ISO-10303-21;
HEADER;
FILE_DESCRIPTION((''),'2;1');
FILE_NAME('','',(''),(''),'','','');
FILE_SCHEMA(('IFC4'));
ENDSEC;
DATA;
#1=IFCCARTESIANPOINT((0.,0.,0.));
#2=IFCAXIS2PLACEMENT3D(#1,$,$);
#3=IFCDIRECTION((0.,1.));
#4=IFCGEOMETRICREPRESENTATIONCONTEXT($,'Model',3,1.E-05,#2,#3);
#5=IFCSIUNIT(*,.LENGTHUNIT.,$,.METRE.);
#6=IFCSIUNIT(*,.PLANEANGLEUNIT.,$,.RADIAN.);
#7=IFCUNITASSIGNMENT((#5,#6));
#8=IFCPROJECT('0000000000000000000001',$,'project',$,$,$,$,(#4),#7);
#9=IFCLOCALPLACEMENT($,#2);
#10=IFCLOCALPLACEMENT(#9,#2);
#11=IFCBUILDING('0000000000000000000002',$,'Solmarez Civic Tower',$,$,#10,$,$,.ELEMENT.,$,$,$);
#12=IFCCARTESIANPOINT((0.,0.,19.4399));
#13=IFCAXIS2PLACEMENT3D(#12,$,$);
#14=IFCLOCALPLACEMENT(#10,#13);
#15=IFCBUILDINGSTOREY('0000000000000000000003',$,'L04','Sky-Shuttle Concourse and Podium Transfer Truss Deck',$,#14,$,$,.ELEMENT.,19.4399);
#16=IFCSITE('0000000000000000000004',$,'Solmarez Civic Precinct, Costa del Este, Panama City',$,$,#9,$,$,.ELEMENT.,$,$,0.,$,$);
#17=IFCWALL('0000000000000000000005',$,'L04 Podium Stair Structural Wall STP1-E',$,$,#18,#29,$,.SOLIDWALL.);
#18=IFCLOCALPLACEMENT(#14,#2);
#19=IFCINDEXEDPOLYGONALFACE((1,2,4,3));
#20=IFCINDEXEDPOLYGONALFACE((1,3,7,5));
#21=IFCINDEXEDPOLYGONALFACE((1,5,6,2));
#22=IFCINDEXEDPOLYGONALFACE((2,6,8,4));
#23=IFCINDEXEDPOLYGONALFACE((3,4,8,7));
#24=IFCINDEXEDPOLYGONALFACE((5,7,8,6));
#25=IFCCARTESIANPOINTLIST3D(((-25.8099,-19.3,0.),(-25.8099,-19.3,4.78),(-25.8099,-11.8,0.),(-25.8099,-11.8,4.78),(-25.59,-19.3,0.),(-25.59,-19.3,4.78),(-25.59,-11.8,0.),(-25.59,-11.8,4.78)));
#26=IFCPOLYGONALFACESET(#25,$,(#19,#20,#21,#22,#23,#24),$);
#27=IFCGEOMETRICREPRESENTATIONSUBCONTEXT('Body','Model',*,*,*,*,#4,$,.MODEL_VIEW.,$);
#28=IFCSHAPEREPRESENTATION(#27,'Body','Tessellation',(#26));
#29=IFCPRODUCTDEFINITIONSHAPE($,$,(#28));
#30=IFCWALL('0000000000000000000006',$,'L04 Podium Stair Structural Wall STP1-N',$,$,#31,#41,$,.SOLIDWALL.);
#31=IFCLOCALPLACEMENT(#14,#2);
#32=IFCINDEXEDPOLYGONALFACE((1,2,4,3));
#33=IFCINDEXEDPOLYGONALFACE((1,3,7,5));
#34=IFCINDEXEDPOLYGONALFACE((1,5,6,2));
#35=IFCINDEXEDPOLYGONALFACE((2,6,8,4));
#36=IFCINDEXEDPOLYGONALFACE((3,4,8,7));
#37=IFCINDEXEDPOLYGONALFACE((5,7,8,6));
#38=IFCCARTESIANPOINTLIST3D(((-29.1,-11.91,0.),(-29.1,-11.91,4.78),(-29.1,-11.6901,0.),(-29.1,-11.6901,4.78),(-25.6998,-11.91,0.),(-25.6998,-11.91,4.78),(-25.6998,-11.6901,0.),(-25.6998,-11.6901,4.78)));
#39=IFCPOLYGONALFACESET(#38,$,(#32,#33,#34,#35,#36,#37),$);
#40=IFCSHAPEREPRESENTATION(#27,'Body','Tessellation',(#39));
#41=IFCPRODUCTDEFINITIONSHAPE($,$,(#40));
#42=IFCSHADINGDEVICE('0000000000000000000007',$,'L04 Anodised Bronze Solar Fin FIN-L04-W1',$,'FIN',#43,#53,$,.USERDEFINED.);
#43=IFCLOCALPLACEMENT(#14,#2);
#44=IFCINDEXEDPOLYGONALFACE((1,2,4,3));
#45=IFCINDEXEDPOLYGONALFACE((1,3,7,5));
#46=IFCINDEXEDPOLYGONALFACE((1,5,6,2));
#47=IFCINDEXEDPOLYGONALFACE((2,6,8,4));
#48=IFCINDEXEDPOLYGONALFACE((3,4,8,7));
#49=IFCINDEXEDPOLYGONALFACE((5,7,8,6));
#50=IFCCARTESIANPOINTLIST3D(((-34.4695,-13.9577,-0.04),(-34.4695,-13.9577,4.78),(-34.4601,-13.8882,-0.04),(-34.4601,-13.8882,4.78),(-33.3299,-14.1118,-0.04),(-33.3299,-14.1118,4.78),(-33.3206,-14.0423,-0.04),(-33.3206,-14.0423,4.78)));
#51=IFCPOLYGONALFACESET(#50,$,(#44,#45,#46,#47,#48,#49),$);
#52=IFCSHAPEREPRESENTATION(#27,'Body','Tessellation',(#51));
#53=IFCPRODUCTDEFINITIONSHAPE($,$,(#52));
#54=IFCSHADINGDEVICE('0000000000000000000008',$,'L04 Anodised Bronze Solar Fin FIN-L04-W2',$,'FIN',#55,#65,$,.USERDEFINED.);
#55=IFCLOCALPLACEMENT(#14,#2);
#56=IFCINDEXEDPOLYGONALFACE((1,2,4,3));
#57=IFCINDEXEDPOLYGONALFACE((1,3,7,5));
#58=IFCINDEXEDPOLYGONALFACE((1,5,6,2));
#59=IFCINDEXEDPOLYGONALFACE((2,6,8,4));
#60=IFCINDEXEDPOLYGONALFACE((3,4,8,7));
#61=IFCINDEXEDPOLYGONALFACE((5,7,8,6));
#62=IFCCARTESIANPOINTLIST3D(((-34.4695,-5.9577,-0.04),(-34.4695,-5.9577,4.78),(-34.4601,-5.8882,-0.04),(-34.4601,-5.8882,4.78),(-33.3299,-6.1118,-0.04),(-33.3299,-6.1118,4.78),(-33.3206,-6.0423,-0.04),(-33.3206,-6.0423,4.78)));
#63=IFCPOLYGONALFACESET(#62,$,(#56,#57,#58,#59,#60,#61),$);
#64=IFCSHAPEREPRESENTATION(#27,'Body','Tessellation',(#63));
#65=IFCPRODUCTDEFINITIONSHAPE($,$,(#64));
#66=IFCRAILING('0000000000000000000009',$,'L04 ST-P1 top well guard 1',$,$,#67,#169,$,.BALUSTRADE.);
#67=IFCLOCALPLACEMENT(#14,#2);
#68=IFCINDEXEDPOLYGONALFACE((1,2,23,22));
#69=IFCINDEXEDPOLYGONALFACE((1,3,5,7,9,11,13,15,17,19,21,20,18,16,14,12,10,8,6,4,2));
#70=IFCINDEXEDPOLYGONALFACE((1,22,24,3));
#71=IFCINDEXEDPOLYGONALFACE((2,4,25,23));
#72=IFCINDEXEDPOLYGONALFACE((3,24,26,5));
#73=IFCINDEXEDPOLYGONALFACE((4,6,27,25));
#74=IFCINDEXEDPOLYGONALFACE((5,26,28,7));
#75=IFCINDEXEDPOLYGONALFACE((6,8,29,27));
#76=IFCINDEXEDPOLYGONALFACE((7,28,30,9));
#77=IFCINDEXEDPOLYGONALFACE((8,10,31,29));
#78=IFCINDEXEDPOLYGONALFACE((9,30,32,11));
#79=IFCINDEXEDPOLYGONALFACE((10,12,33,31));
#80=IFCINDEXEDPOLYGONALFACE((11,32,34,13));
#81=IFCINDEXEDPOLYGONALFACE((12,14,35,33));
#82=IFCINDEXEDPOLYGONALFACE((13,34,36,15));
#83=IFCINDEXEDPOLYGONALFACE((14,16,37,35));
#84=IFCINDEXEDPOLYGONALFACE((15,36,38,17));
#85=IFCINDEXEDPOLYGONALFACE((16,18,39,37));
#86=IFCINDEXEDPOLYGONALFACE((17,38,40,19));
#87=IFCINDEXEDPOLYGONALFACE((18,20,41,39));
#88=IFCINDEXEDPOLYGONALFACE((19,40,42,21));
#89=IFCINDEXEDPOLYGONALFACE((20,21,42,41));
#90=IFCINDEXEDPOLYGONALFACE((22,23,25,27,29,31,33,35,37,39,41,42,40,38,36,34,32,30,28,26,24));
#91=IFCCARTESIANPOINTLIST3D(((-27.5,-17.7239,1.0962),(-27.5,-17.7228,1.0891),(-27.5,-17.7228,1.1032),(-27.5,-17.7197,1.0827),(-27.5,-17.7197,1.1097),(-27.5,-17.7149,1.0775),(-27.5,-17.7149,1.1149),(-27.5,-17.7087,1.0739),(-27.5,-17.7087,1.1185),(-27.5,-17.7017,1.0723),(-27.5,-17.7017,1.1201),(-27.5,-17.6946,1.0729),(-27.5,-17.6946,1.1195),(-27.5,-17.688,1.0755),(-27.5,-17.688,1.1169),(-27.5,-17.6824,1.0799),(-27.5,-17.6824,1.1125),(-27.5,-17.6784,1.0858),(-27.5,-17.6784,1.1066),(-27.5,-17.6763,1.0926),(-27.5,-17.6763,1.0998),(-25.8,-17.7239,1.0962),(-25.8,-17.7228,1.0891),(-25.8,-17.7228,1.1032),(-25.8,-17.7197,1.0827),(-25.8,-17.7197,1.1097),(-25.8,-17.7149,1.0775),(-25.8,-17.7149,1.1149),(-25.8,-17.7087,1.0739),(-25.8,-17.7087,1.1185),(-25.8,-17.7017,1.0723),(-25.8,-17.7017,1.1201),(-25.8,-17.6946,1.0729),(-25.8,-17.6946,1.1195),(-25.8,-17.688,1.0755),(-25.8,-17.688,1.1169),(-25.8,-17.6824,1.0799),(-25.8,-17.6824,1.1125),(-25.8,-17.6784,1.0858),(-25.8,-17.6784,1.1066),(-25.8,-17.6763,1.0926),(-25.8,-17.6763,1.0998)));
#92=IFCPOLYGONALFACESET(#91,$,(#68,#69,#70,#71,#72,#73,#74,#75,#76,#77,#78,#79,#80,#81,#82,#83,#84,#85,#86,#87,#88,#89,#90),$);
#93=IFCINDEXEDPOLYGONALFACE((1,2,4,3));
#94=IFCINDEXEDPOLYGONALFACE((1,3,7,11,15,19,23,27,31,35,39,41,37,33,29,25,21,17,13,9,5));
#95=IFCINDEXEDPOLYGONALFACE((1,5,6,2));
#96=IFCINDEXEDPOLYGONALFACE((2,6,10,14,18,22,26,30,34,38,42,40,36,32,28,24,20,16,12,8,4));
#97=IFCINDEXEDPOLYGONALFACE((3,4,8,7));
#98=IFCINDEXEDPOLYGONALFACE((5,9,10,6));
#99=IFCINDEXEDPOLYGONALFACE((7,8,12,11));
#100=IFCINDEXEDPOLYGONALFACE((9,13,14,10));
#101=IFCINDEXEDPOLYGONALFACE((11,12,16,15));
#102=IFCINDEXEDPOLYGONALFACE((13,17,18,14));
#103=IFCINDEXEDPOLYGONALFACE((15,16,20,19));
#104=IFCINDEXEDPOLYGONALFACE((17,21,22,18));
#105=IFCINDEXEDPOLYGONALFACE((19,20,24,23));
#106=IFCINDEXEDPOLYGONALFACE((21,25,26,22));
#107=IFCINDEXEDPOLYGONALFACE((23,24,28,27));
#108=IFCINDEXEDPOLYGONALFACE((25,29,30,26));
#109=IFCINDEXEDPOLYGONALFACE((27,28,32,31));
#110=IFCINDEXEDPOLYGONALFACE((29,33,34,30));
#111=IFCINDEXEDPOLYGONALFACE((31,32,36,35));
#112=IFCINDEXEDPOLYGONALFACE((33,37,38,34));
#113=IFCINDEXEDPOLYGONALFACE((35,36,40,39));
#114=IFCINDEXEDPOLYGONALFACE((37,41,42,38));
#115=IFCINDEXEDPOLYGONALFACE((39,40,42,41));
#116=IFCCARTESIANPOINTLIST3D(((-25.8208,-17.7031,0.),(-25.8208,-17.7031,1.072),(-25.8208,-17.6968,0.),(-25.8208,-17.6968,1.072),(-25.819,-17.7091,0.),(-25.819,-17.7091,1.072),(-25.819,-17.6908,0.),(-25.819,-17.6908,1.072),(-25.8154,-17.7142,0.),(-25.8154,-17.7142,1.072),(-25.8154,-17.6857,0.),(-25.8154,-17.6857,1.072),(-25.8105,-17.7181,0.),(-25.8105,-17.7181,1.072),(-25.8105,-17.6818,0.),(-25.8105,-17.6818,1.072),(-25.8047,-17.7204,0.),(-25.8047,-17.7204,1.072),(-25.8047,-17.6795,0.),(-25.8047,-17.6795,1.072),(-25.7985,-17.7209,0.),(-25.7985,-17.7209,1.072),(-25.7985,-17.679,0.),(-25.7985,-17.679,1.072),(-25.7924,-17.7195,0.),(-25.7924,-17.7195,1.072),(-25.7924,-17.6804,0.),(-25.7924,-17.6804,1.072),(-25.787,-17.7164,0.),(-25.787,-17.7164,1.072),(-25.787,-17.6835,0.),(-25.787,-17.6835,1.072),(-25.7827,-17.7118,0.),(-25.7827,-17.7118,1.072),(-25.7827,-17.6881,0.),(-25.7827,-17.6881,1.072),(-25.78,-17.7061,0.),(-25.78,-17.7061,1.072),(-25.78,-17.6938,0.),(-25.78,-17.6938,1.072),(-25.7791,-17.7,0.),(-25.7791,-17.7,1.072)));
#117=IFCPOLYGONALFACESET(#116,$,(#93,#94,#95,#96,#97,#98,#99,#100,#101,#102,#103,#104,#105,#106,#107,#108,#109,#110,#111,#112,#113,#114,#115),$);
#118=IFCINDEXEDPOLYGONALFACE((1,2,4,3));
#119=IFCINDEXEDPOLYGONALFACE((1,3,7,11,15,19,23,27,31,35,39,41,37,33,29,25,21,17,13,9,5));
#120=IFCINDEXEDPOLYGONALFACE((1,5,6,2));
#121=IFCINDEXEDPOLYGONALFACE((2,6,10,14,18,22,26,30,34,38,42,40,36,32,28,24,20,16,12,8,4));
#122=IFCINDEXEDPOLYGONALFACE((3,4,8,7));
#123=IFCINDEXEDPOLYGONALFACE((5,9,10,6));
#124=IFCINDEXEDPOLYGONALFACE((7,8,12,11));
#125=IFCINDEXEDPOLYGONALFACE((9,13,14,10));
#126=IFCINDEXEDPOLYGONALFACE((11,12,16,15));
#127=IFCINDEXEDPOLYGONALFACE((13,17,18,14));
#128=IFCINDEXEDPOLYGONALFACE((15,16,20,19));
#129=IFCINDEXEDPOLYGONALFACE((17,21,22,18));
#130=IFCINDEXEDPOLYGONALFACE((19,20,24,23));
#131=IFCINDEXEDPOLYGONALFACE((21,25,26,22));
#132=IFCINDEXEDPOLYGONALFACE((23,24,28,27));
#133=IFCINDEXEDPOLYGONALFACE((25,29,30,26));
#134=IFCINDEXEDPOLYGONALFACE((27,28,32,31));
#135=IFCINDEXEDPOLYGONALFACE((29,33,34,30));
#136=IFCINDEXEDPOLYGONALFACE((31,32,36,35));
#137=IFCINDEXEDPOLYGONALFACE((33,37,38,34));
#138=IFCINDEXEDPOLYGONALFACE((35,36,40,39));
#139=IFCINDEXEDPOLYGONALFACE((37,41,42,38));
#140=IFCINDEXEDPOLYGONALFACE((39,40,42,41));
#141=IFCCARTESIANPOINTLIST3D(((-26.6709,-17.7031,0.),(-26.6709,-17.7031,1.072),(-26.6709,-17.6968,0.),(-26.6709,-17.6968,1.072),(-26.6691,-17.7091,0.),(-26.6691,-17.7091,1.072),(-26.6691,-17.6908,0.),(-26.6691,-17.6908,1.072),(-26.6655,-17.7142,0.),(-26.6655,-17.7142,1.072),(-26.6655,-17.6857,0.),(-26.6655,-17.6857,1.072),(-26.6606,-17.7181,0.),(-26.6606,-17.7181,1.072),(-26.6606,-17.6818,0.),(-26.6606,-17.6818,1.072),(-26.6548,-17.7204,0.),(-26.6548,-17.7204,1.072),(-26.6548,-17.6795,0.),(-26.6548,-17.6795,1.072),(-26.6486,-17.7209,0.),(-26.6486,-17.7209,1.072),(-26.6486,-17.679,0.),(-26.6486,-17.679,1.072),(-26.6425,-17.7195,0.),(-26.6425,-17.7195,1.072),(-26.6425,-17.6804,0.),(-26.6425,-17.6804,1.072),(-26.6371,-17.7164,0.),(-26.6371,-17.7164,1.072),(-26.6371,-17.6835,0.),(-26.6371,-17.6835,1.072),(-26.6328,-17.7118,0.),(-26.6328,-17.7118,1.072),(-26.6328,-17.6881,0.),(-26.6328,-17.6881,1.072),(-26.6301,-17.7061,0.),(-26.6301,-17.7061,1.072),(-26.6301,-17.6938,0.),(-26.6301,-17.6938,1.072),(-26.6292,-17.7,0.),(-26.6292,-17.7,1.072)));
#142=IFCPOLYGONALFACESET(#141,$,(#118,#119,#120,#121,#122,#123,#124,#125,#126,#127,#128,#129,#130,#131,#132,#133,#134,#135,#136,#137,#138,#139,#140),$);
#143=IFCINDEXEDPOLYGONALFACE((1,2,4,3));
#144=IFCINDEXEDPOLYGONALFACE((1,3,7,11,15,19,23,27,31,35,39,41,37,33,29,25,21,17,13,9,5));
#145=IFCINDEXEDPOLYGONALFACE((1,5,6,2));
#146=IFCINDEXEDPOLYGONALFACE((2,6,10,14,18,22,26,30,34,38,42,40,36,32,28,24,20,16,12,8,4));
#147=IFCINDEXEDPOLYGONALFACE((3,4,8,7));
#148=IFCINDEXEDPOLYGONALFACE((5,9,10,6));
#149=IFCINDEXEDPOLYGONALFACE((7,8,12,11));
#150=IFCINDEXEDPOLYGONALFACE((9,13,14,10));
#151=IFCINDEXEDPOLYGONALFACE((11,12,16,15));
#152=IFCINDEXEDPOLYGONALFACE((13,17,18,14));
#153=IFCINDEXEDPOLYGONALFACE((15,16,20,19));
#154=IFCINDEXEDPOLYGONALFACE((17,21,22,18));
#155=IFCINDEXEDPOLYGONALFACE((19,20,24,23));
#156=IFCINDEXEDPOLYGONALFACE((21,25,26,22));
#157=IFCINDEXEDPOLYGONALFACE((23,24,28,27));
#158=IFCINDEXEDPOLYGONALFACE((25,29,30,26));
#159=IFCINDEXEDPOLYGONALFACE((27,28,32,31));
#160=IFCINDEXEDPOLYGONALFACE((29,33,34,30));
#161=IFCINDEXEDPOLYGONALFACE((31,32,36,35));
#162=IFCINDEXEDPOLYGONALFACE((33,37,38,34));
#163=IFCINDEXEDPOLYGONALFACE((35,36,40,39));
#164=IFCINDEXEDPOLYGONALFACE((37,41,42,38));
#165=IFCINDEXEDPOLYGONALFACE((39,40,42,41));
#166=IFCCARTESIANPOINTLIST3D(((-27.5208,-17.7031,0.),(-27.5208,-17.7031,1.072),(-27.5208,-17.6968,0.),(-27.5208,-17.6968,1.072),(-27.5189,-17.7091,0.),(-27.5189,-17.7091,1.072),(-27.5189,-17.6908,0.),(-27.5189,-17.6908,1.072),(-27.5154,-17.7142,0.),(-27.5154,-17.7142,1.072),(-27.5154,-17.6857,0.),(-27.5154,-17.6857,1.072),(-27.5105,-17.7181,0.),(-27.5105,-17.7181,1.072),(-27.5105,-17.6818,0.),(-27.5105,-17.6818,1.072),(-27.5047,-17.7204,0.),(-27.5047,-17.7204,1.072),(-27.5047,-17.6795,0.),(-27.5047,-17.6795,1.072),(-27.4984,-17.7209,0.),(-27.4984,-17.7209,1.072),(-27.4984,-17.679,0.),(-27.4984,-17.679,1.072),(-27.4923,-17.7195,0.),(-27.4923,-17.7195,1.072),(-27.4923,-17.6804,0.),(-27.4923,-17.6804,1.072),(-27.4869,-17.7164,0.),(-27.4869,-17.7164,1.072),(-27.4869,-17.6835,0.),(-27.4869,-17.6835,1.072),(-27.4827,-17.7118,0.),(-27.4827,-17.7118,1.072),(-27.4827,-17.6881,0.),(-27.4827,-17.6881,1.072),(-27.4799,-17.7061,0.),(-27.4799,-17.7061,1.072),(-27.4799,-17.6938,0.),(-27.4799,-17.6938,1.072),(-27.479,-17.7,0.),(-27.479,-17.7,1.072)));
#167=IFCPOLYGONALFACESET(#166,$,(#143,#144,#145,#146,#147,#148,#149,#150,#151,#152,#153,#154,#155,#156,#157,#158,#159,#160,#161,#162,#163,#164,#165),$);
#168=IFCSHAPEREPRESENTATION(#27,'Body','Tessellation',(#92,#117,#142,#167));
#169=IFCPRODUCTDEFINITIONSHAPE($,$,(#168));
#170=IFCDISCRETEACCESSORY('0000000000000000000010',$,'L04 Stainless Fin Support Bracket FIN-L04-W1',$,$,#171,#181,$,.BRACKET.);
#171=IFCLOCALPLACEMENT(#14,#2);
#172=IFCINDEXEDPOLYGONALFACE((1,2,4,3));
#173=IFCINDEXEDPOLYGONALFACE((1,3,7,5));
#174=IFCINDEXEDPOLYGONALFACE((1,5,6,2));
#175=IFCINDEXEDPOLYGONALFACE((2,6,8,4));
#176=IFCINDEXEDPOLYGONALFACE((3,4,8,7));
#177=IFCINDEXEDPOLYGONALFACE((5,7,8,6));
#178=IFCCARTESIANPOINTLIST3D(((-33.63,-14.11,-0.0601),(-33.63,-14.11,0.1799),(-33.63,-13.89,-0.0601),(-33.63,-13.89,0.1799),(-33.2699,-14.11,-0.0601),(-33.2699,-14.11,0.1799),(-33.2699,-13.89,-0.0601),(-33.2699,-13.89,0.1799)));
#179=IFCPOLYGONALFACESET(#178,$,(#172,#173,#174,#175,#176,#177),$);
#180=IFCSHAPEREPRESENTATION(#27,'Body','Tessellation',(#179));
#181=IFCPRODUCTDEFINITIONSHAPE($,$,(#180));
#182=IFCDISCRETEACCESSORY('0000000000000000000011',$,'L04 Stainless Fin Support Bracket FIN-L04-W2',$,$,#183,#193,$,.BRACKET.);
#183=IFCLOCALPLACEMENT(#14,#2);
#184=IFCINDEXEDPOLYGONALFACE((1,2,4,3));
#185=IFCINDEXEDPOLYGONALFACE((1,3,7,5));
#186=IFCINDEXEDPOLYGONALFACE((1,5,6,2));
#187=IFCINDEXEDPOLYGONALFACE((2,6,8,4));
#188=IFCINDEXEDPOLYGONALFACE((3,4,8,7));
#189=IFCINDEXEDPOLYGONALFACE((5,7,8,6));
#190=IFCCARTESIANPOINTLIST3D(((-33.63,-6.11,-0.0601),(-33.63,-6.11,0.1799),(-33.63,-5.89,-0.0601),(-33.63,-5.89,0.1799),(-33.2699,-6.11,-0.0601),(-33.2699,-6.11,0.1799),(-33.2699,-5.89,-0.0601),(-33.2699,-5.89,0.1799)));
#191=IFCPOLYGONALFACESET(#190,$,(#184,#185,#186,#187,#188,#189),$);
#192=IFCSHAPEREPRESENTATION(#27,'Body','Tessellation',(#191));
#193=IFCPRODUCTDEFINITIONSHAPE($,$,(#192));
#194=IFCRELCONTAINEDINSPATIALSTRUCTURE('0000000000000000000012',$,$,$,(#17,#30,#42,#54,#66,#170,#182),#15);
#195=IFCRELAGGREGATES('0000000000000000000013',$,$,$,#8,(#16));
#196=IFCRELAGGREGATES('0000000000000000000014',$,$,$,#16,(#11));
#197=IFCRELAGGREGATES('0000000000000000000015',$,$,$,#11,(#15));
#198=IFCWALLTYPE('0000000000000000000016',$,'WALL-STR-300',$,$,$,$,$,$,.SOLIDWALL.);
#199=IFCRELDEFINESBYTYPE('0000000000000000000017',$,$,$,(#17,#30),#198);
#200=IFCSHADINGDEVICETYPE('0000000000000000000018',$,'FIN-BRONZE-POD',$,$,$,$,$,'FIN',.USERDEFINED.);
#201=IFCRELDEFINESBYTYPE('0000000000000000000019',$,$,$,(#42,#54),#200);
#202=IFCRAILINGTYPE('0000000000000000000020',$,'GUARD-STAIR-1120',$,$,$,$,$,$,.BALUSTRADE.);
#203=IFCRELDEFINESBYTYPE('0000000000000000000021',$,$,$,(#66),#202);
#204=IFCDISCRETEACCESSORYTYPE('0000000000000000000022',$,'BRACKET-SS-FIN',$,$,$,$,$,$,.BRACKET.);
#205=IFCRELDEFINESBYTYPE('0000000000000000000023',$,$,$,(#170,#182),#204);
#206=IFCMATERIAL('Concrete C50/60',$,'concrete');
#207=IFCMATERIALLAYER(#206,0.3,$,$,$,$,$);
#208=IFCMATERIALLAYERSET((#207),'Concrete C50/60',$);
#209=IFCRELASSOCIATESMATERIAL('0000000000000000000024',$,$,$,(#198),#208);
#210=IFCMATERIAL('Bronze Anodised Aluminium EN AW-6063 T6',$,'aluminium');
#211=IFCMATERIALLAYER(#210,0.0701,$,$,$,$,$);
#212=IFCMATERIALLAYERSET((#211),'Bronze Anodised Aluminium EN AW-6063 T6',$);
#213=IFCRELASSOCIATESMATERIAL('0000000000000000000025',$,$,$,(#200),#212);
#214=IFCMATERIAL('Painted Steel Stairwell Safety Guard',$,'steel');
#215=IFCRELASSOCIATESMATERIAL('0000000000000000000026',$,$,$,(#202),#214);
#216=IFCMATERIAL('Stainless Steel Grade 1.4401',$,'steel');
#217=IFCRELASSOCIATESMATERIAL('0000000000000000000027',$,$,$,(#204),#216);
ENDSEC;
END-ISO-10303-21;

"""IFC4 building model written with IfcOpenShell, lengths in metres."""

from ifc_helpers import new_model, si_unit, direction, frame, frame_2d, origin, origin_2d, place, context, subcontext, project, spatial, rectangle, circle, extrude, material, layer, layer_set, type_object, element, save


model = new_model("IFC4")

# Units and contexts
model_context = context("Model", 3, precision=1e-05, world=origin(), true_north=direction((0.0, 1.0)))
body_context = subcontext(model_context, "Body", "Model", "MODEL_VIEW")
ifc_project = project(units=[si_unit("LENGTHUNIT", "METRE"), si_unit("PLANEANGLEUNIT", "RADIAN")], contexts=[model_context])

# Site, building, storey
site_placement = place(None, origin())
site = spatial("IfcSite", under=ifc_project, at=site_placement, Name="Solmarez Civic Precinct, Costa del Este, Panama City", CompositionType="ELEMENT", RefElevation=0.0)
building_placement = place(site_placement, origin())
building = spatial("IfcBuilding", under=site, at=building_placement, Name="Solmarez Civic Tower", CompositionType="ELEMENT")
storey_placement = place(building_placement, frame((0.0, 0.0, 19.4399)))
storey = spatial("IfcBuildingStorey", under=building, at=storey_placement, Name="L04", Description="Sky-Shuttle Concourse and Podium Transfer Truss Deck", CompositionType="ELEMENT", Elevation=19.4399)

# Walls
ifc_material_1 = material(Name="Concrete C50/60", Category="concrete")
ifc_layer_1 = layer(ifc_material_1, 0.3)
ifc_layer_set_1 = layer_set([ifc_layer_1], Name="Concrete C50/60")
wall_type_1 = type_object("IfcWallType", Name="WALL-STR-300", PredefinedType="SOLIDWALL", material=ifc_layer_set_1)
for number, where, z_axis, x_axis, name in (
    (1, (-25.7, -19.3, 0.0), (0.0, 0.0, 1.0), (0.0, 1.0, 0.0), "L04 Podium Stair Structural Wall STP1-E"),
):
    element("IfcWall", number, at=place(storey_placement, frame(where, z_axis=z_axis, x_axis=x_axis)), inside=storey, type_object=wall_type_1, Name=name, PredefinedType="SOLIDWALL", context=body_context, shape_type="SweptSolid", body=[
        extrude(rectangle(XDim=7.5, YDim=0.22, at=frame_2d((3.75, 0.0))), origin(), (0.0, 0.0, 1.0), 4.78),
    ])
wall_1_placement = place(storey_placement, frame((-29.1001, -11.8, 0.0), z_axis=(0.0, 0.0, 1.0), x_axis=(1.0, 0.0, 0.0)))
element("IfcWall", 2, at=wall_1_placement, inside=storey, type_object=wall_type_1, Name="L04 Podium Stair Structural Wall STP1-N", PredefinedType="SOLIDWALL", context=body_context, shape_type="SweptSolid", body=[
    extrude(rectangle(XDim=3.4001, YDim=0.22, at=frame_2d((1.7002, 0.0))), origin(), (0.0, 0.0, 1.0), 4.78),
])

# Shading devices
ifc_material_2 = material(Name="Bronze Anodised Aluminium EN AW-6063 T6", Category="aluminium")
ifc_layer_2 = layer(ifc_material_2, 0.0701)
ifc_layer_set_2 = layer_set([ifc_layer_2], Name="Bronze Anodised Aluminium EN AW-6063 T6")
shading_device_type = type_object("IfcShadingDeviceType", Name="FIN-BRONZE-POD", ElementType="FIN", PredefinedType="USERDEFINED", material=ifc_layer_set_2)
for number, where, z_axis, x_axis, name in (
    (3, (-33.895, -14.0, -0.04), (0.0, 0.0, 1.0), (-0.990983, 0.133986, 0.0), "L04 Anodised Bronze Solar Fin FIN-L04-W1"),
    (4, (-33.895, -6.0, -0.04), (0.0, 0.0, 1.0), (-0.990983, 0.133986, 0.0), "L04 Anodised Bronze Solar Fin FIN-L04-W2"),
):
    element("IfcShadingDevice", number, at=place(storey_placement, frame(where, z_axis=z_axis, x_axis=x_axis)), inside=storey, type_object=shading_device_type, Name=name, ObjectType="FIN", PredefinedType="USERDEFINED", context=body_context, shape_type="SweptSolid", body=[
        extrude(rectangle(XDim=1.1499, YDim=0.0701, at=origin_2d()), origin(), (0.0, 0.0, 1.0), 4.8201),
    ])

# Railing
ifc_material_3 = material(Name="Painted Steel Stairwell Safety Guard", Category="steel")
railing_type = type_object("IfcRailingType", Name="GUARD-STAIR-1120", PredefinedType="BALUSTRADE", material=ifc_material_3)
railing_placement = place(storey_placement, frame((-25.8, -17.7, 0.0)))
element("IfcRailing", 5, at=railing_placement, inside=storey, type_object=railing_type, Name="L04 ST-P1 top well guard 1", PredefinedType="BALUSTRADE", context=body_context, shape_type="SweptSolid", body=[
    extrude(circle(Radius=0.0239, at=origin_2d()), frame((0.0, 0.0, 1.0962), z_axis=(-1.0, 0.0, 0.0), x_axis=(0.0, -1.0, 0.0)), (0.0, 0.0, 1.0), 1.7),
    extrude(circle(Radius=0.021, at=origin_2d()), origin(), (0.0, 0.0, 1.0), 1.072),
    extrude(circle(Radius=0.021, at=origin_2d()), frame((-0.8501, 0.0, 0.0)), (0.0, 0.0, 1.0), 1.072),
    extrude(circle(Radius=0.021, at=origin_2d()), frame((-1.7, 0.0, 0.0)), (0.0, 0.0, 1.0), 1.072),
])

# Discrete accessories
ifc_material_4 = material(Name="Stainless Steel Grade 1.4401", Category="steel")
discrete_accessory_type = type_object("IfcDiscreteAccessoryType", Name="BRACKET-SS-FIN", PredefinedType="BRACKET", material=ifc_material_4)
for number, where, z_axis, x_axis, name in (
    (6, (-33.45, -14.0, -0.0601), (0.0, 0.0, 1.0), (-1.0, 0.0, 0.0), "L04 Stainless Fin Support Bracket FIN-L04-W1"),
    (7, (-33.45, -6.0, -0.0601), (0.0, 0.0, 1.0), (-1.0, 0.0, 0.0), "L04 Stainless Fin Support Bracket FIN-L04-W2"),
):
    element("IfcDiscreteAccessory", number, at=place(storey_placement, frame(where, z_axis=z_axis, x_axis=x_axis)), inside=storey, type_object=discrete_accessory_type, Name=name, PredefinedType="BRACKET", context=body_context, shape_type="SweptSolid", body=[
        extrude(rectangle(XDim=0.3601, YDim=0.22, at=origin_2d()), origin(), (0.0, 0.0, 1.0), 0.24),
    ])

save(model, "model.ifc")
